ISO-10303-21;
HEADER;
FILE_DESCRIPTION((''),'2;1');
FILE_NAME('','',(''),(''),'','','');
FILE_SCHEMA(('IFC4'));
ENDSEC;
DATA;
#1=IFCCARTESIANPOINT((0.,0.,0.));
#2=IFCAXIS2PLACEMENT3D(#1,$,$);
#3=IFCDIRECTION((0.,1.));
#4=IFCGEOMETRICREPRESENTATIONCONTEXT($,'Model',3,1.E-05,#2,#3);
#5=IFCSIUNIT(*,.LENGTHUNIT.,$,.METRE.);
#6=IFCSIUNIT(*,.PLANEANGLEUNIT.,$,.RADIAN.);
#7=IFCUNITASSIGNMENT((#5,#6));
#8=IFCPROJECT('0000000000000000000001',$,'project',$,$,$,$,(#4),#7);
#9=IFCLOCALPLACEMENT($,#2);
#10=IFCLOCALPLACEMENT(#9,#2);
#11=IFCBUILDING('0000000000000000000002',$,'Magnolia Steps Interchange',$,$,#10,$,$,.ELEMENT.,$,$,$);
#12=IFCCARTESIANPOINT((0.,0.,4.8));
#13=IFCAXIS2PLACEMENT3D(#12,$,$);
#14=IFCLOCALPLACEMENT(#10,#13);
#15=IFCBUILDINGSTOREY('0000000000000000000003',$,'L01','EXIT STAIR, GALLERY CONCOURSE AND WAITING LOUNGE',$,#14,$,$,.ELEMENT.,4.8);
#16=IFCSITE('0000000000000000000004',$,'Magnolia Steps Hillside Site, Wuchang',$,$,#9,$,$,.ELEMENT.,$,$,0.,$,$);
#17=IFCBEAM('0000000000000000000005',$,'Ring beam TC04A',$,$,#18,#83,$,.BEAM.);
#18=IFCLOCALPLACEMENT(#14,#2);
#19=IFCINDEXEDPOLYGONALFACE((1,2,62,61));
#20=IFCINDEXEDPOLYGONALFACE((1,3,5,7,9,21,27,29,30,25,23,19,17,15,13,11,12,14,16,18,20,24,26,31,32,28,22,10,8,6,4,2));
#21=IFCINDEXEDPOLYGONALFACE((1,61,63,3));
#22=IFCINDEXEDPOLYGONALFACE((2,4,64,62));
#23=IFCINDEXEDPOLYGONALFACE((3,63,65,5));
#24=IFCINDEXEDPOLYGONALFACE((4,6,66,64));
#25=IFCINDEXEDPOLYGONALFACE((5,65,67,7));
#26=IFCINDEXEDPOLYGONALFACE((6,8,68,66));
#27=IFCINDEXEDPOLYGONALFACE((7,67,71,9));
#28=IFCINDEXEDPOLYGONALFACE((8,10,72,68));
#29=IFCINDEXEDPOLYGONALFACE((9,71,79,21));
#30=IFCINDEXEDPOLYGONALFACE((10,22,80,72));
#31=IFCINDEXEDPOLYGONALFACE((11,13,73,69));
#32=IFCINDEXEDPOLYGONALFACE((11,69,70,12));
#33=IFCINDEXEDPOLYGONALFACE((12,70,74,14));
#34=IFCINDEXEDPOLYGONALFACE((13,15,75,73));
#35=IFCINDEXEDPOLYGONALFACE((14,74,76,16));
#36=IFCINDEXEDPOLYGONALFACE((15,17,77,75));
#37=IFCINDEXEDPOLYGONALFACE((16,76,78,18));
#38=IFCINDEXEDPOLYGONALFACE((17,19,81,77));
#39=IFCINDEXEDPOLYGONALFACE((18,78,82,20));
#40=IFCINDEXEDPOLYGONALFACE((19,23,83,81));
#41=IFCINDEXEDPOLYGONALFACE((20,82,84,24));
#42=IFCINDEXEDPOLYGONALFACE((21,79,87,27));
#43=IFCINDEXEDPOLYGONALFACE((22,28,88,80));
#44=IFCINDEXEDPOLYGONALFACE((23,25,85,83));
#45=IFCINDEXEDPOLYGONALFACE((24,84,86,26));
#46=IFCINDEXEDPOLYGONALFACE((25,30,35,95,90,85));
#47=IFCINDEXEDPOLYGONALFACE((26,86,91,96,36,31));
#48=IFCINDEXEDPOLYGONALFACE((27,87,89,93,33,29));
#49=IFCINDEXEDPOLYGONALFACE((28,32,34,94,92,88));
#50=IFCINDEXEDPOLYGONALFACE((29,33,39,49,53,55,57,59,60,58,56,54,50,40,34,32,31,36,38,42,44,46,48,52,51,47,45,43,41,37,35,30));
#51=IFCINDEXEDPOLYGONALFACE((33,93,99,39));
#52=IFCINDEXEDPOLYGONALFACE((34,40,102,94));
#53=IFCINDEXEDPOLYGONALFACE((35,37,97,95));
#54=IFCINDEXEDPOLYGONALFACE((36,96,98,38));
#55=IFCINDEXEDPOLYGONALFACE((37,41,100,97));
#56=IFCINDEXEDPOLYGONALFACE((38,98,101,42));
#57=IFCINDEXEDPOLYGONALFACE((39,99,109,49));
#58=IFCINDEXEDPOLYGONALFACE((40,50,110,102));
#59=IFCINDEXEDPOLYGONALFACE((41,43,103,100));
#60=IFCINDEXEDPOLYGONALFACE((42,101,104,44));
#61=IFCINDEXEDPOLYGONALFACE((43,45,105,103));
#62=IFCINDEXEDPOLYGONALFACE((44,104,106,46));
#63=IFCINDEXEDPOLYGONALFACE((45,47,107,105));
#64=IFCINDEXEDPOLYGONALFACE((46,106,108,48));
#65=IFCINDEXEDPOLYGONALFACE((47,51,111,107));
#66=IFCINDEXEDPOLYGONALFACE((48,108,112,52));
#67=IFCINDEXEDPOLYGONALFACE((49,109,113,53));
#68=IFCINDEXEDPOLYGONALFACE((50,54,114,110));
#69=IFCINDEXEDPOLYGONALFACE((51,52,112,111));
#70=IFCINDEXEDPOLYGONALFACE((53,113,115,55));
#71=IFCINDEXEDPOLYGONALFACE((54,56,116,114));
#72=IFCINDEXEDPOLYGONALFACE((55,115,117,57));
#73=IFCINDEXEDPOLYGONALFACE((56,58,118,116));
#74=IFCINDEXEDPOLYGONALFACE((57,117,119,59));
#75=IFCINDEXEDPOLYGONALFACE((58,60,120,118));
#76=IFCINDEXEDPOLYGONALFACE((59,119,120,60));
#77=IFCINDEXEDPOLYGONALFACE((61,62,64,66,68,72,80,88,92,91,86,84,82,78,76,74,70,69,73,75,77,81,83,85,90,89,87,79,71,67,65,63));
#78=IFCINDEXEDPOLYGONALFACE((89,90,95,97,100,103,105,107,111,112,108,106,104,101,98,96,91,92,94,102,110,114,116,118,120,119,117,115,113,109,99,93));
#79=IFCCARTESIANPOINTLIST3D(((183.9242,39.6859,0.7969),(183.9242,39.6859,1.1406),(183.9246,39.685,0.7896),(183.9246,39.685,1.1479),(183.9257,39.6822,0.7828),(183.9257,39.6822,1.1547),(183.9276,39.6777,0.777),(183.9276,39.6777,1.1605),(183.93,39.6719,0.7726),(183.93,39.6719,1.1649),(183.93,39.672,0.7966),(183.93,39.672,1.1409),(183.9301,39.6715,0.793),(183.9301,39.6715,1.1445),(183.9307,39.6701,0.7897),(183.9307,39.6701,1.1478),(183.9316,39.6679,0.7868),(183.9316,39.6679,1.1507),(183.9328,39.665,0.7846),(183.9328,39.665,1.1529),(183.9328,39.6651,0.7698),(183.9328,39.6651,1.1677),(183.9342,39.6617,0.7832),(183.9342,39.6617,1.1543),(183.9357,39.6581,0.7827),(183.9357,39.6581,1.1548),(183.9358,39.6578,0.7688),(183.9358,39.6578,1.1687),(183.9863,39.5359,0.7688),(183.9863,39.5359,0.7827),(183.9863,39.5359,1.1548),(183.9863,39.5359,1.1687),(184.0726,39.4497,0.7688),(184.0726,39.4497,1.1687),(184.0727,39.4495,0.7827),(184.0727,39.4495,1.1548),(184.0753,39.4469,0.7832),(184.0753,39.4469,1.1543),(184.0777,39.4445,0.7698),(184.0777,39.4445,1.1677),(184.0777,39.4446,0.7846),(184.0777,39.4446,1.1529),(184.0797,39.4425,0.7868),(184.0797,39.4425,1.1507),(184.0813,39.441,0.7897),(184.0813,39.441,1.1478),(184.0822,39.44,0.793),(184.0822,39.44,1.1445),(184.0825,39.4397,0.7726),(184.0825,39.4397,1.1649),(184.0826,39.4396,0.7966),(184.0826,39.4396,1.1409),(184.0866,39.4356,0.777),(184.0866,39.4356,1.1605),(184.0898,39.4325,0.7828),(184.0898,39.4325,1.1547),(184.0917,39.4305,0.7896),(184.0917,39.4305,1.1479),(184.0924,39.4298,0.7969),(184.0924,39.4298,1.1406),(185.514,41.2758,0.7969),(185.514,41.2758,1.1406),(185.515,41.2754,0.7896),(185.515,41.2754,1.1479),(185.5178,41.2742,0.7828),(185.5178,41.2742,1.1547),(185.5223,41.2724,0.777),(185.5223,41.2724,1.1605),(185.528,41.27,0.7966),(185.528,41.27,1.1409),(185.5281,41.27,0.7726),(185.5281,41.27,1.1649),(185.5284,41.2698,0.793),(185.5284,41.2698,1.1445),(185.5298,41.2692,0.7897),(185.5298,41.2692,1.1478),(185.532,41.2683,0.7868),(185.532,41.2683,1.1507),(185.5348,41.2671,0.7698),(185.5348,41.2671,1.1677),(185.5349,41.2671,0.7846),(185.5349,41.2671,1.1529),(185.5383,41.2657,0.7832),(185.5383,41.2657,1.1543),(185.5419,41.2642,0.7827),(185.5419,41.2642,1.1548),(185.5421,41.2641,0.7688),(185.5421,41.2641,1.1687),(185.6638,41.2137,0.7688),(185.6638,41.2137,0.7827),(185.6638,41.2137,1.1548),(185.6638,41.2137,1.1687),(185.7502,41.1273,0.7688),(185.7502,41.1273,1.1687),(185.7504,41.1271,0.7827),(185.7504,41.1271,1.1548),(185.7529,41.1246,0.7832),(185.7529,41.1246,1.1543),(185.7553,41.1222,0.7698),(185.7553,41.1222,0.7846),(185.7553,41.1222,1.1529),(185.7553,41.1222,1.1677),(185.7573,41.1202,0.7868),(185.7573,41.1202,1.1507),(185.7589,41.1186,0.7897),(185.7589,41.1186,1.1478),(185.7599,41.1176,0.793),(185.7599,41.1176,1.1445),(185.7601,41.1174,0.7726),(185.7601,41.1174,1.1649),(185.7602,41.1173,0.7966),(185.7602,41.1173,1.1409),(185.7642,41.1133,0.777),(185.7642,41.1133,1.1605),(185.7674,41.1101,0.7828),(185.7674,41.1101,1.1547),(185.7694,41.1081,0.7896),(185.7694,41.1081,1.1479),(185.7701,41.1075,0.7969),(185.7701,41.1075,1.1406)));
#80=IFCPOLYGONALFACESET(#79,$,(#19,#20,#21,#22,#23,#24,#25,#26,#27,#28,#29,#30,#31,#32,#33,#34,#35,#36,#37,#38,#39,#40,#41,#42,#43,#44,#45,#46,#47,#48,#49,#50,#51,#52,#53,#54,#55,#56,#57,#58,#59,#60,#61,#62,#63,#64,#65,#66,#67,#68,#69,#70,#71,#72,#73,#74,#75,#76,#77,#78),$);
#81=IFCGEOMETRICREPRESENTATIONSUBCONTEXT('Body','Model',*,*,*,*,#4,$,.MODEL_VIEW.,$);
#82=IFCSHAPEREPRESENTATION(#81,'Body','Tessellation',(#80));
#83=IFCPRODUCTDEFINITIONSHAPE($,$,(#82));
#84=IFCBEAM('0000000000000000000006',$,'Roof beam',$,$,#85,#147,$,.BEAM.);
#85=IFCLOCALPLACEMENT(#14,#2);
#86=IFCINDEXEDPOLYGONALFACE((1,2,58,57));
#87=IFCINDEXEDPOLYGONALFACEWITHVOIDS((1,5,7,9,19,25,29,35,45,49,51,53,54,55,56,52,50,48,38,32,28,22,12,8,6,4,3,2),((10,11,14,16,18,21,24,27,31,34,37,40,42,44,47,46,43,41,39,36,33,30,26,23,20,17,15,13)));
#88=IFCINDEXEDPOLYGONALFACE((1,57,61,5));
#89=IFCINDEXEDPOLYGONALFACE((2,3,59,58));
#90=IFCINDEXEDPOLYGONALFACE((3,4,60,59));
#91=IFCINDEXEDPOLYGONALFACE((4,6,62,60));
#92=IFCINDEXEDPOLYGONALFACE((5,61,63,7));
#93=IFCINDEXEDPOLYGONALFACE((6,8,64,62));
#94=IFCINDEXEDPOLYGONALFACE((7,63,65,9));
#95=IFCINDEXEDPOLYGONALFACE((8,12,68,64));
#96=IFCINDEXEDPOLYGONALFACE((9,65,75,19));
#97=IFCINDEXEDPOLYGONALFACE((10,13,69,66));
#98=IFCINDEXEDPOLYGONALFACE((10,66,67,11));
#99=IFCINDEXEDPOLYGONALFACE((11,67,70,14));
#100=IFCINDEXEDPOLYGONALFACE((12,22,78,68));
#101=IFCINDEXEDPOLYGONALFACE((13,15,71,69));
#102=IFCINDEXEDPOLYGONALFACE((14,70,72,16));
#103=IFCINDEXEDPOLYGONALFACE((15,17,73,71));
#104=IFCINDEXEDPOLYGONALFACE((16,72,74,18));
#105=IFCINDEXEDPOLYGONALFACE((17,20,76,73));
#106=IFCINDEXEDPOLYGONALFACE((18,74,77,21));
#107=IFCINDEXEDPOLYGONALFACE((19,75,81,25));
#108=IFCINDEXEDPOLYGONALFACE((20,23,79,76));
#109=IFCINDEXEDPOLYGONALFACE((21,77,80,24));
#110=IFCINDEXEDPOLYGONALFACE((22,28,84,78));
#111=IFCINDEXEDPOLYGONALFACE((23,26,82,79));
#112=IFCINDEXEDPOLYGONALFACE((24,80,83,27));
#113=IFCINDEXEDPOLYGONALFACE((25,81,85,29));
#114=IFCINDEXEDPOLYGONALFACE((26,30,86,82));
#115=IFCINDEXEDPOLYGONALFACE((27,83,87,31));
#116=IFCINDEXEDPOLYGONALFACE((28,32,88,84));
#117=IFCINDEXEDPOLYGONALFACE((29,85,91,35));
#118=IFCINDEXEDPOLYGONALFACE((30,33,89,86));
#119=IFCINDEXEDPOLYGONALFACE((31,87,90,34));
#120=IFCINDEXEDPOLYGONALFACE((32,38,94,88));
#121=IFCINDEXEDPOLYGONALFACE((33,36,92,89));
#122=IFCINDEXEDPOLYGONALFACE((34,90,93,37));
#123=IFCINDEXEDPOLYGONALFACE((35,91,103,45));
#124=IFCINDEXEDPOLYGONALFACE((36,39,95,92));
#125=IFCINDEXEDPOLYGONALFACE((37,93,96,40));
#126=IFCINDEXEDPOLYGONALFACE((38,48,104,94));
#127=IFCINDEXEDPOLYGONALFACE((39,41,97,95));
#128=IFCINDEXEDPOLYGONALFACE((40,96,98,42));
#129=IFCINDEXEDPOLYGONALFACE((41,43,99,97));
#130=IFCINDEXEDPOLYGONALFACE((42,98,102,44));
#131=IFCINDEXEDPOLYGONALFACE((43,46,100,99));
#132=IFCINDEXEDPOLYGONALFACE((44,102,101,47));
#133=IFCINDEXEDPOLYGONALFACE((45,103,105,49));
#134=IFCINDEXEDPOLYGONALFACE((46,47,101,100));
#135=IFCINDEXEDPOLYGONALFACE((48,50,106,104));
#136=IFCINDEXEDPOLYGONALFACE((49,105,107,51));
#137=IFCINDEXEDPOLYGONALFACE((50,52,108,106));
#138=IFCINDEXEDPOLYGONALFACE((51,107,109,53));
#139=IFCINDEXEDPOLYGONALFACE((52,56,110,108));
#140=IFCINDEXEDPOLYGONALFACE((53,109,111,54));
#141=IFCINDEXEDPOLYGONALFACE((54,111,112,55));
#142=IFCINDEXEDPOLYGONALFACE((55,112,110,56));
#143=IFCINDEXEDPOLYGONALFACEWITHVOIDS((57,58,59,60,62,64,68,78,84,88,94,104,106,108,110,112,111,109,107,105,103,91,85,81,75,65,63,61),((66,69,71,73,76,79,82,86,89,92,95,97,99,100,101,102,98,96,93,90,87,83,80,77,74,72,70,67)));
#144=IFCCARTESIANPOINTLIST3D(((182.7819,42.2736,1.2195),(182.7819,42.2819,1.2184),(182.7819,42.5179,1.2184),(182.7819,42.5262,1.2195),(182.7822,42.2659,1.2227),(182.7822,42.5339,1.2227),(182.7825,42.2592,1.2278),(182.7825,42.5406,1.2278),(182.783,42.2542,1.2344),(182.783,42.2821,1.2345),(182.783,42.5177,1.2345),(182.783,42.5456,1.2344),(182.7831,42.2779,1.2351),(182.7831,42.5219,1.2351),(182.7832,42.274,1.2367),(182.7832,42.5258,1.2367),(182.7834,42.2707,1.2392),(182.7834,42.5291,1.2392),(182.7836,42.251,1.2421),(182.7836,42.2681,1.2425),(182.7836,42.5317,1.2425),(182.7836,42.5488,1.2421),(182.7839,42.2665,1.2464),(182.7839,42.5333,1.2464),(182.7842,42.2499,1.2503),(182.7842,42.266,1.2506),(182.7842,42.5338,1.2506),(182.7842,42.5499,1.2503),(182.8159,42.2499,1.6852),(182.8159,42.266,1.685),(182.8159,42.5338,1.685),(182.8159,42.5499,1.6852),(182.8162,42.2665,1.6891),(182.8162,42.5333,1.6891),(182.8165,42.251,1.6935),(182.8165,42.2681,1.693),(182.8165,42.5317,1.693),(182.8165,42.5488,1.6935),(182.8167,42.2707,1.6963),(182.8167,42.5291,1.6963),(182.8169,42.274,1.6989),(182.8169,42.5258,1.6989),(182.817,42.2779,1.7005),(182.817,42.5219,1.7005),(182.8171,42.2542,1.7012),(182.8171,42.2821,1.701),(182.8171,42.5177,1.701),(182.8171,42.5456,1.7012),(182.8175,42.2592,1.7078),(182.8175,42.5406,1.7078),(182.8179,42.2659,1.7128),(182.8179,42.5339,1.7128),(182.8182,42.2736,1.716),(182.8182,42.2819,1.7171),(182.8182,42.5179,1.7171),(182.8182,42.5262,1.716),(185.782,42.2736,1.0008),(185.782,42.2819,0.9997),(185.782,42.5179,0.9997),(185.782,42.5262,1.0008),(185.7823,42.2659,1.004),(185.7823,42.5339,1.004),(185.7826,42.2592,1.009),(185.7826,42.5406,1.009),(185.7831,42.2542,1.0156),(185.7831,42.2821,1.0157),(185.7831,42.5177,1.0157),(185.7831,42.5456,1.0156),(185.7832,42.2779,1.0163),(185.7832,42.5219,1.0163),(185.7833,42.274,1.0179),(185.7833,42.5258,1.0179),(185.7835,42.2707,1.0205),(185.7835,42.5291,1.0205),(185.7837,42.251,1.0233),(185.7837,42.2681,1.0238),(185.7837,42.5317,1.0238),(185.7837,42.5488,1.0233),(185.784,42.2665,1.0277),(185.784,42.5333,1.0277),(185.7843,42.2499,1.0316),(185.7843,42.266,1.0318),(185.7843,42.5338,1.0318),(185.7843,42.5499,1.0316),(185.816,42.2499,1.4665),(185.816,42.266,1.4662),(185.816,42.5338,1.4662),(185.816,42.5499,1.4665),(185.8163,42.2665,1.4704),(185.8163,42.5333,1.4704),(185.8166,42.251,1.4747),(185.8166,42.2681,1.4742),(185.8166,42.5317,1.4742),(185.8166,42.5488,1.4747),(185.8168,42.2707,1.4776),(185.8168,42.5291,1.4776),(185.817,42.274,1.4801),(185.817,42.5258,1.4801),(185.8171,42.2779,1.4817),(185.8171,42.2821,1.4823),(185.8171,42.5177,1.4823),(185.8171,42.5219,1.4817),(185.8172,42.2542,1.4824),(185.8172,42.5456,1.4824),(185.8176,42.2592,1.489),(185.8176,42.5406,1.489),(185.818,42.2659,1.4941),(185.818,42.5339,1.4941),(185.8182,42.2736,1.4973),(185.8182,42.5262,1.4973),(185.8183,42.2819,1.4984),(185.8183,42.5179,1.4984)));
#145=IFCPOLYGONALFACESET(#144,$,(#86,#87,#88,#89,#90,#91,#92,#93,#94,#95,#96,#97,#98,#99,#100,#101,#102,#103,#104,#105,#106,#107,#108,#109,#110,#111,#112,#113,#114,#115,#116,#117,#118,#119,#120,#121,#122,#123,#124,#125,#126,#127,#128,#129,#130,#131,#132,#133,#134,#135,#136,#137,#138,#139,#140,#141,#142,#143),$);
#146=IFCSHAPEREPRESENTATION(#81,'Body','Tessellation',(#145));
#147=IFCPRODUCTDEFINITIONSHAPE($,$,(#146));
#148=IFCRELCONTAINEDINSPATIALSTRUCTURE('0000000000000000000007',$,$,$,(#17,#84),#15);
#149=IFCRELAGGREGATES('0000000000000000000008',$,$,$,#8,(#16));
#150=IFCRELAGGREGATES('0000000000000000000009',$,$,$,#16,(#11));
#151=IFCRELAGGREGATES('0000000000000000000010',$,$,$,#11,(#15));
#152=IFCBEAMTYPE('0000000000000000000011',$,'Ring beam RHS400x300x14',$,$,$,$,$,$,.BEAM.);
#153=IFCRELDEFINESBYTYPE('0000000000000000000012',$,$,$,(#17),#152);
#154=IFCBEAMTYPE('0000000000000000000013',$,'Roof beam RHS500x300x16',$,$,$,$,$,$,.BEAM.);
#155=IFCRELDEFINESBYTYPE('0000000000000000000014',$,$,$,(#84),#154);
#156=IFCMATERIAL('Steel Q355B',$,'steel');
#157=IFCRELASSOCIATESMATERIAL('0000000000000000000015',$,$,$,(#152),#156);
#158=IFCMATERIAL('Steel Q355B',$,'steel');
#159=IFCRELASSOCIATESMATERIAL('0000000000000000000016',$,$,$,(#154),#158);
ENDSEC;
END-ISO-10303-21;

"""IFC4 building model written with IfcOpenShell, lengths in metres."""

from ifc_helpers import new_model, si_unit, direction, frame, origin, origin_2d, place, context, subcontext, project, spatial, hollow_rectangle, extrude, clip, halfspace, material, material_profile, profile_set, type_object, element, save


model = new_model("IFC4")

# Units and contexts
model_context = context("Model", 3, precision=1e-05, world=origin(), true_north=direction((0.0, 1.0)))
body_context = subcontext(model_context, "Body", "Model", "MODEL_VIEW")
ifc_project = project(units=[si_unit("LENGTHUNIT", "METRE"), si_unit("PLANEANGLEUNIT", "RADIAN")], contexts=[model_context])

# Site, building, storey
site_placement = place(None, origin())
site = spatial("IfcSite", under=ifc_project, at=site_placement, Name="Magnolia Steps Hillside Site, Wuchang", CompositionType="ELEMENT", RefElevation=0.0)
building_placement = place(site_placement, origin())
building = spatial("IfcBuilding", under=site, at=building_placement, Name="Magnolia Steps Interchange", CompositionType="ELEMENT")
storey_placement = place(building_placement, frame((0.0, 0.0, 4.8)))
storey = spatial("IfcBuildingStorey", under=building, at=storey_placement, Name="L01", Description="EXIT STAIR, GALLERY CONCOURSE AND WAITING LOUNGE", CompositionType="ELEMENT", Elevation=4.8)

# Beams
ifc_material_1 = material(Name="Steel Q355B", Category="steel")
ifc_material_profile_1 = material_profile(ifc_material_1, hollow_rectangle(XDim=0.3, YDim=0.3999, WallThickness=0.0139, InnerFilletRadius=0.0139, OuterFilletRadius=0.0281, at=origin_2d()), Name="RHS400x300x14")
ifc_profile_set_1 = profile_set([ifc_material_profile_1], Name="Steel Q355B")
beam_type_1 = type_object("IfcBeamType", Name="Ring beam RHS400x300x14", PredefinedType="BEAM", material=ifc_profile_set_1)
beam_1_placement = place(storey_placement, frame((183.9863, 39.5359, 0.9688), z_axis=(0.707107, 0.707107, 0.0), x_axis=(-0.707107, 0.707107, 0.0)))
element("IfcBeam", 1, at=beam_1_placement, inside=storey, type_object=beam_type_1, Name="Ring beam TC04A", PredefinedType="BEAM", context=body_context, shape_type="Clipping", body=[
    clip(clip(extrude(hollow_rectangle(XDim=0.3, YDim=0.3999, WallThickness=0.0139, InnerFilletRadius=0.0139, OuterFilletRadius=0.0281, at=origin_2d()), origin(), (0.0, 0.0, 1.0), 2.3726), halfspace(frame((0.0, 0.0, 0.0), z_axis=(0.382683, 0.0, -0.92388), x_axis=(0.92388, 0.0, 0.382683)), False)), halfspace(frame((0.0, 0.0, 2.3727), z_axis=(0.382683, 0.0, 0.92388), x_axis=(0.92388, 0.0, -0.382683)), False)),
])
ifc_material_2 = material(Name="Steel Q355B", Category="steel")
ifc_material_profile_2 = material_profile(ifc_material_2, hollow_rectangle(XDim=0.3, YDim=0.5, WallThickness=0.0161, InnerFilletRadius=0.0161, OuterFilletRadius=0.032, at=origin_2d()), Name="RHS500x300x16")
ifc_profile_set_2 = profile_set([ifc_material_profile_2], Name="Steel Q355B")
beam_type_2 = type_object("IfcBeamType", Name="Roof beam RHS500x300x16", PredefinedType="BEAM", material=ifc_profile_set_2)
beam_2_placement = place(storey_placement, frame((182.8, 42.3999, 1.4678), z_axis=(0.997352, 0.0, -0.072724), x_axis=(0.0, 1.0, 0.0)))
element("IfcBeam", 2, at=beam_2_placement, inside=storey, type_object=beam_type_2, Name="Roof beam", PredefinedType="BEAM", context=body_context, shape_type="SweptSolid", body=[
    extrude(hollow_rectangle(XDim=0.3, YDim=0.5, WallThickness=0.0161, InnerFilletRadius=0.0161, OuterFilletRadius=0.032, at=origin_2d()), origin(), (0.0, 0.0, 1.0), 3.0081),
])

save(model, "model.ifc")
